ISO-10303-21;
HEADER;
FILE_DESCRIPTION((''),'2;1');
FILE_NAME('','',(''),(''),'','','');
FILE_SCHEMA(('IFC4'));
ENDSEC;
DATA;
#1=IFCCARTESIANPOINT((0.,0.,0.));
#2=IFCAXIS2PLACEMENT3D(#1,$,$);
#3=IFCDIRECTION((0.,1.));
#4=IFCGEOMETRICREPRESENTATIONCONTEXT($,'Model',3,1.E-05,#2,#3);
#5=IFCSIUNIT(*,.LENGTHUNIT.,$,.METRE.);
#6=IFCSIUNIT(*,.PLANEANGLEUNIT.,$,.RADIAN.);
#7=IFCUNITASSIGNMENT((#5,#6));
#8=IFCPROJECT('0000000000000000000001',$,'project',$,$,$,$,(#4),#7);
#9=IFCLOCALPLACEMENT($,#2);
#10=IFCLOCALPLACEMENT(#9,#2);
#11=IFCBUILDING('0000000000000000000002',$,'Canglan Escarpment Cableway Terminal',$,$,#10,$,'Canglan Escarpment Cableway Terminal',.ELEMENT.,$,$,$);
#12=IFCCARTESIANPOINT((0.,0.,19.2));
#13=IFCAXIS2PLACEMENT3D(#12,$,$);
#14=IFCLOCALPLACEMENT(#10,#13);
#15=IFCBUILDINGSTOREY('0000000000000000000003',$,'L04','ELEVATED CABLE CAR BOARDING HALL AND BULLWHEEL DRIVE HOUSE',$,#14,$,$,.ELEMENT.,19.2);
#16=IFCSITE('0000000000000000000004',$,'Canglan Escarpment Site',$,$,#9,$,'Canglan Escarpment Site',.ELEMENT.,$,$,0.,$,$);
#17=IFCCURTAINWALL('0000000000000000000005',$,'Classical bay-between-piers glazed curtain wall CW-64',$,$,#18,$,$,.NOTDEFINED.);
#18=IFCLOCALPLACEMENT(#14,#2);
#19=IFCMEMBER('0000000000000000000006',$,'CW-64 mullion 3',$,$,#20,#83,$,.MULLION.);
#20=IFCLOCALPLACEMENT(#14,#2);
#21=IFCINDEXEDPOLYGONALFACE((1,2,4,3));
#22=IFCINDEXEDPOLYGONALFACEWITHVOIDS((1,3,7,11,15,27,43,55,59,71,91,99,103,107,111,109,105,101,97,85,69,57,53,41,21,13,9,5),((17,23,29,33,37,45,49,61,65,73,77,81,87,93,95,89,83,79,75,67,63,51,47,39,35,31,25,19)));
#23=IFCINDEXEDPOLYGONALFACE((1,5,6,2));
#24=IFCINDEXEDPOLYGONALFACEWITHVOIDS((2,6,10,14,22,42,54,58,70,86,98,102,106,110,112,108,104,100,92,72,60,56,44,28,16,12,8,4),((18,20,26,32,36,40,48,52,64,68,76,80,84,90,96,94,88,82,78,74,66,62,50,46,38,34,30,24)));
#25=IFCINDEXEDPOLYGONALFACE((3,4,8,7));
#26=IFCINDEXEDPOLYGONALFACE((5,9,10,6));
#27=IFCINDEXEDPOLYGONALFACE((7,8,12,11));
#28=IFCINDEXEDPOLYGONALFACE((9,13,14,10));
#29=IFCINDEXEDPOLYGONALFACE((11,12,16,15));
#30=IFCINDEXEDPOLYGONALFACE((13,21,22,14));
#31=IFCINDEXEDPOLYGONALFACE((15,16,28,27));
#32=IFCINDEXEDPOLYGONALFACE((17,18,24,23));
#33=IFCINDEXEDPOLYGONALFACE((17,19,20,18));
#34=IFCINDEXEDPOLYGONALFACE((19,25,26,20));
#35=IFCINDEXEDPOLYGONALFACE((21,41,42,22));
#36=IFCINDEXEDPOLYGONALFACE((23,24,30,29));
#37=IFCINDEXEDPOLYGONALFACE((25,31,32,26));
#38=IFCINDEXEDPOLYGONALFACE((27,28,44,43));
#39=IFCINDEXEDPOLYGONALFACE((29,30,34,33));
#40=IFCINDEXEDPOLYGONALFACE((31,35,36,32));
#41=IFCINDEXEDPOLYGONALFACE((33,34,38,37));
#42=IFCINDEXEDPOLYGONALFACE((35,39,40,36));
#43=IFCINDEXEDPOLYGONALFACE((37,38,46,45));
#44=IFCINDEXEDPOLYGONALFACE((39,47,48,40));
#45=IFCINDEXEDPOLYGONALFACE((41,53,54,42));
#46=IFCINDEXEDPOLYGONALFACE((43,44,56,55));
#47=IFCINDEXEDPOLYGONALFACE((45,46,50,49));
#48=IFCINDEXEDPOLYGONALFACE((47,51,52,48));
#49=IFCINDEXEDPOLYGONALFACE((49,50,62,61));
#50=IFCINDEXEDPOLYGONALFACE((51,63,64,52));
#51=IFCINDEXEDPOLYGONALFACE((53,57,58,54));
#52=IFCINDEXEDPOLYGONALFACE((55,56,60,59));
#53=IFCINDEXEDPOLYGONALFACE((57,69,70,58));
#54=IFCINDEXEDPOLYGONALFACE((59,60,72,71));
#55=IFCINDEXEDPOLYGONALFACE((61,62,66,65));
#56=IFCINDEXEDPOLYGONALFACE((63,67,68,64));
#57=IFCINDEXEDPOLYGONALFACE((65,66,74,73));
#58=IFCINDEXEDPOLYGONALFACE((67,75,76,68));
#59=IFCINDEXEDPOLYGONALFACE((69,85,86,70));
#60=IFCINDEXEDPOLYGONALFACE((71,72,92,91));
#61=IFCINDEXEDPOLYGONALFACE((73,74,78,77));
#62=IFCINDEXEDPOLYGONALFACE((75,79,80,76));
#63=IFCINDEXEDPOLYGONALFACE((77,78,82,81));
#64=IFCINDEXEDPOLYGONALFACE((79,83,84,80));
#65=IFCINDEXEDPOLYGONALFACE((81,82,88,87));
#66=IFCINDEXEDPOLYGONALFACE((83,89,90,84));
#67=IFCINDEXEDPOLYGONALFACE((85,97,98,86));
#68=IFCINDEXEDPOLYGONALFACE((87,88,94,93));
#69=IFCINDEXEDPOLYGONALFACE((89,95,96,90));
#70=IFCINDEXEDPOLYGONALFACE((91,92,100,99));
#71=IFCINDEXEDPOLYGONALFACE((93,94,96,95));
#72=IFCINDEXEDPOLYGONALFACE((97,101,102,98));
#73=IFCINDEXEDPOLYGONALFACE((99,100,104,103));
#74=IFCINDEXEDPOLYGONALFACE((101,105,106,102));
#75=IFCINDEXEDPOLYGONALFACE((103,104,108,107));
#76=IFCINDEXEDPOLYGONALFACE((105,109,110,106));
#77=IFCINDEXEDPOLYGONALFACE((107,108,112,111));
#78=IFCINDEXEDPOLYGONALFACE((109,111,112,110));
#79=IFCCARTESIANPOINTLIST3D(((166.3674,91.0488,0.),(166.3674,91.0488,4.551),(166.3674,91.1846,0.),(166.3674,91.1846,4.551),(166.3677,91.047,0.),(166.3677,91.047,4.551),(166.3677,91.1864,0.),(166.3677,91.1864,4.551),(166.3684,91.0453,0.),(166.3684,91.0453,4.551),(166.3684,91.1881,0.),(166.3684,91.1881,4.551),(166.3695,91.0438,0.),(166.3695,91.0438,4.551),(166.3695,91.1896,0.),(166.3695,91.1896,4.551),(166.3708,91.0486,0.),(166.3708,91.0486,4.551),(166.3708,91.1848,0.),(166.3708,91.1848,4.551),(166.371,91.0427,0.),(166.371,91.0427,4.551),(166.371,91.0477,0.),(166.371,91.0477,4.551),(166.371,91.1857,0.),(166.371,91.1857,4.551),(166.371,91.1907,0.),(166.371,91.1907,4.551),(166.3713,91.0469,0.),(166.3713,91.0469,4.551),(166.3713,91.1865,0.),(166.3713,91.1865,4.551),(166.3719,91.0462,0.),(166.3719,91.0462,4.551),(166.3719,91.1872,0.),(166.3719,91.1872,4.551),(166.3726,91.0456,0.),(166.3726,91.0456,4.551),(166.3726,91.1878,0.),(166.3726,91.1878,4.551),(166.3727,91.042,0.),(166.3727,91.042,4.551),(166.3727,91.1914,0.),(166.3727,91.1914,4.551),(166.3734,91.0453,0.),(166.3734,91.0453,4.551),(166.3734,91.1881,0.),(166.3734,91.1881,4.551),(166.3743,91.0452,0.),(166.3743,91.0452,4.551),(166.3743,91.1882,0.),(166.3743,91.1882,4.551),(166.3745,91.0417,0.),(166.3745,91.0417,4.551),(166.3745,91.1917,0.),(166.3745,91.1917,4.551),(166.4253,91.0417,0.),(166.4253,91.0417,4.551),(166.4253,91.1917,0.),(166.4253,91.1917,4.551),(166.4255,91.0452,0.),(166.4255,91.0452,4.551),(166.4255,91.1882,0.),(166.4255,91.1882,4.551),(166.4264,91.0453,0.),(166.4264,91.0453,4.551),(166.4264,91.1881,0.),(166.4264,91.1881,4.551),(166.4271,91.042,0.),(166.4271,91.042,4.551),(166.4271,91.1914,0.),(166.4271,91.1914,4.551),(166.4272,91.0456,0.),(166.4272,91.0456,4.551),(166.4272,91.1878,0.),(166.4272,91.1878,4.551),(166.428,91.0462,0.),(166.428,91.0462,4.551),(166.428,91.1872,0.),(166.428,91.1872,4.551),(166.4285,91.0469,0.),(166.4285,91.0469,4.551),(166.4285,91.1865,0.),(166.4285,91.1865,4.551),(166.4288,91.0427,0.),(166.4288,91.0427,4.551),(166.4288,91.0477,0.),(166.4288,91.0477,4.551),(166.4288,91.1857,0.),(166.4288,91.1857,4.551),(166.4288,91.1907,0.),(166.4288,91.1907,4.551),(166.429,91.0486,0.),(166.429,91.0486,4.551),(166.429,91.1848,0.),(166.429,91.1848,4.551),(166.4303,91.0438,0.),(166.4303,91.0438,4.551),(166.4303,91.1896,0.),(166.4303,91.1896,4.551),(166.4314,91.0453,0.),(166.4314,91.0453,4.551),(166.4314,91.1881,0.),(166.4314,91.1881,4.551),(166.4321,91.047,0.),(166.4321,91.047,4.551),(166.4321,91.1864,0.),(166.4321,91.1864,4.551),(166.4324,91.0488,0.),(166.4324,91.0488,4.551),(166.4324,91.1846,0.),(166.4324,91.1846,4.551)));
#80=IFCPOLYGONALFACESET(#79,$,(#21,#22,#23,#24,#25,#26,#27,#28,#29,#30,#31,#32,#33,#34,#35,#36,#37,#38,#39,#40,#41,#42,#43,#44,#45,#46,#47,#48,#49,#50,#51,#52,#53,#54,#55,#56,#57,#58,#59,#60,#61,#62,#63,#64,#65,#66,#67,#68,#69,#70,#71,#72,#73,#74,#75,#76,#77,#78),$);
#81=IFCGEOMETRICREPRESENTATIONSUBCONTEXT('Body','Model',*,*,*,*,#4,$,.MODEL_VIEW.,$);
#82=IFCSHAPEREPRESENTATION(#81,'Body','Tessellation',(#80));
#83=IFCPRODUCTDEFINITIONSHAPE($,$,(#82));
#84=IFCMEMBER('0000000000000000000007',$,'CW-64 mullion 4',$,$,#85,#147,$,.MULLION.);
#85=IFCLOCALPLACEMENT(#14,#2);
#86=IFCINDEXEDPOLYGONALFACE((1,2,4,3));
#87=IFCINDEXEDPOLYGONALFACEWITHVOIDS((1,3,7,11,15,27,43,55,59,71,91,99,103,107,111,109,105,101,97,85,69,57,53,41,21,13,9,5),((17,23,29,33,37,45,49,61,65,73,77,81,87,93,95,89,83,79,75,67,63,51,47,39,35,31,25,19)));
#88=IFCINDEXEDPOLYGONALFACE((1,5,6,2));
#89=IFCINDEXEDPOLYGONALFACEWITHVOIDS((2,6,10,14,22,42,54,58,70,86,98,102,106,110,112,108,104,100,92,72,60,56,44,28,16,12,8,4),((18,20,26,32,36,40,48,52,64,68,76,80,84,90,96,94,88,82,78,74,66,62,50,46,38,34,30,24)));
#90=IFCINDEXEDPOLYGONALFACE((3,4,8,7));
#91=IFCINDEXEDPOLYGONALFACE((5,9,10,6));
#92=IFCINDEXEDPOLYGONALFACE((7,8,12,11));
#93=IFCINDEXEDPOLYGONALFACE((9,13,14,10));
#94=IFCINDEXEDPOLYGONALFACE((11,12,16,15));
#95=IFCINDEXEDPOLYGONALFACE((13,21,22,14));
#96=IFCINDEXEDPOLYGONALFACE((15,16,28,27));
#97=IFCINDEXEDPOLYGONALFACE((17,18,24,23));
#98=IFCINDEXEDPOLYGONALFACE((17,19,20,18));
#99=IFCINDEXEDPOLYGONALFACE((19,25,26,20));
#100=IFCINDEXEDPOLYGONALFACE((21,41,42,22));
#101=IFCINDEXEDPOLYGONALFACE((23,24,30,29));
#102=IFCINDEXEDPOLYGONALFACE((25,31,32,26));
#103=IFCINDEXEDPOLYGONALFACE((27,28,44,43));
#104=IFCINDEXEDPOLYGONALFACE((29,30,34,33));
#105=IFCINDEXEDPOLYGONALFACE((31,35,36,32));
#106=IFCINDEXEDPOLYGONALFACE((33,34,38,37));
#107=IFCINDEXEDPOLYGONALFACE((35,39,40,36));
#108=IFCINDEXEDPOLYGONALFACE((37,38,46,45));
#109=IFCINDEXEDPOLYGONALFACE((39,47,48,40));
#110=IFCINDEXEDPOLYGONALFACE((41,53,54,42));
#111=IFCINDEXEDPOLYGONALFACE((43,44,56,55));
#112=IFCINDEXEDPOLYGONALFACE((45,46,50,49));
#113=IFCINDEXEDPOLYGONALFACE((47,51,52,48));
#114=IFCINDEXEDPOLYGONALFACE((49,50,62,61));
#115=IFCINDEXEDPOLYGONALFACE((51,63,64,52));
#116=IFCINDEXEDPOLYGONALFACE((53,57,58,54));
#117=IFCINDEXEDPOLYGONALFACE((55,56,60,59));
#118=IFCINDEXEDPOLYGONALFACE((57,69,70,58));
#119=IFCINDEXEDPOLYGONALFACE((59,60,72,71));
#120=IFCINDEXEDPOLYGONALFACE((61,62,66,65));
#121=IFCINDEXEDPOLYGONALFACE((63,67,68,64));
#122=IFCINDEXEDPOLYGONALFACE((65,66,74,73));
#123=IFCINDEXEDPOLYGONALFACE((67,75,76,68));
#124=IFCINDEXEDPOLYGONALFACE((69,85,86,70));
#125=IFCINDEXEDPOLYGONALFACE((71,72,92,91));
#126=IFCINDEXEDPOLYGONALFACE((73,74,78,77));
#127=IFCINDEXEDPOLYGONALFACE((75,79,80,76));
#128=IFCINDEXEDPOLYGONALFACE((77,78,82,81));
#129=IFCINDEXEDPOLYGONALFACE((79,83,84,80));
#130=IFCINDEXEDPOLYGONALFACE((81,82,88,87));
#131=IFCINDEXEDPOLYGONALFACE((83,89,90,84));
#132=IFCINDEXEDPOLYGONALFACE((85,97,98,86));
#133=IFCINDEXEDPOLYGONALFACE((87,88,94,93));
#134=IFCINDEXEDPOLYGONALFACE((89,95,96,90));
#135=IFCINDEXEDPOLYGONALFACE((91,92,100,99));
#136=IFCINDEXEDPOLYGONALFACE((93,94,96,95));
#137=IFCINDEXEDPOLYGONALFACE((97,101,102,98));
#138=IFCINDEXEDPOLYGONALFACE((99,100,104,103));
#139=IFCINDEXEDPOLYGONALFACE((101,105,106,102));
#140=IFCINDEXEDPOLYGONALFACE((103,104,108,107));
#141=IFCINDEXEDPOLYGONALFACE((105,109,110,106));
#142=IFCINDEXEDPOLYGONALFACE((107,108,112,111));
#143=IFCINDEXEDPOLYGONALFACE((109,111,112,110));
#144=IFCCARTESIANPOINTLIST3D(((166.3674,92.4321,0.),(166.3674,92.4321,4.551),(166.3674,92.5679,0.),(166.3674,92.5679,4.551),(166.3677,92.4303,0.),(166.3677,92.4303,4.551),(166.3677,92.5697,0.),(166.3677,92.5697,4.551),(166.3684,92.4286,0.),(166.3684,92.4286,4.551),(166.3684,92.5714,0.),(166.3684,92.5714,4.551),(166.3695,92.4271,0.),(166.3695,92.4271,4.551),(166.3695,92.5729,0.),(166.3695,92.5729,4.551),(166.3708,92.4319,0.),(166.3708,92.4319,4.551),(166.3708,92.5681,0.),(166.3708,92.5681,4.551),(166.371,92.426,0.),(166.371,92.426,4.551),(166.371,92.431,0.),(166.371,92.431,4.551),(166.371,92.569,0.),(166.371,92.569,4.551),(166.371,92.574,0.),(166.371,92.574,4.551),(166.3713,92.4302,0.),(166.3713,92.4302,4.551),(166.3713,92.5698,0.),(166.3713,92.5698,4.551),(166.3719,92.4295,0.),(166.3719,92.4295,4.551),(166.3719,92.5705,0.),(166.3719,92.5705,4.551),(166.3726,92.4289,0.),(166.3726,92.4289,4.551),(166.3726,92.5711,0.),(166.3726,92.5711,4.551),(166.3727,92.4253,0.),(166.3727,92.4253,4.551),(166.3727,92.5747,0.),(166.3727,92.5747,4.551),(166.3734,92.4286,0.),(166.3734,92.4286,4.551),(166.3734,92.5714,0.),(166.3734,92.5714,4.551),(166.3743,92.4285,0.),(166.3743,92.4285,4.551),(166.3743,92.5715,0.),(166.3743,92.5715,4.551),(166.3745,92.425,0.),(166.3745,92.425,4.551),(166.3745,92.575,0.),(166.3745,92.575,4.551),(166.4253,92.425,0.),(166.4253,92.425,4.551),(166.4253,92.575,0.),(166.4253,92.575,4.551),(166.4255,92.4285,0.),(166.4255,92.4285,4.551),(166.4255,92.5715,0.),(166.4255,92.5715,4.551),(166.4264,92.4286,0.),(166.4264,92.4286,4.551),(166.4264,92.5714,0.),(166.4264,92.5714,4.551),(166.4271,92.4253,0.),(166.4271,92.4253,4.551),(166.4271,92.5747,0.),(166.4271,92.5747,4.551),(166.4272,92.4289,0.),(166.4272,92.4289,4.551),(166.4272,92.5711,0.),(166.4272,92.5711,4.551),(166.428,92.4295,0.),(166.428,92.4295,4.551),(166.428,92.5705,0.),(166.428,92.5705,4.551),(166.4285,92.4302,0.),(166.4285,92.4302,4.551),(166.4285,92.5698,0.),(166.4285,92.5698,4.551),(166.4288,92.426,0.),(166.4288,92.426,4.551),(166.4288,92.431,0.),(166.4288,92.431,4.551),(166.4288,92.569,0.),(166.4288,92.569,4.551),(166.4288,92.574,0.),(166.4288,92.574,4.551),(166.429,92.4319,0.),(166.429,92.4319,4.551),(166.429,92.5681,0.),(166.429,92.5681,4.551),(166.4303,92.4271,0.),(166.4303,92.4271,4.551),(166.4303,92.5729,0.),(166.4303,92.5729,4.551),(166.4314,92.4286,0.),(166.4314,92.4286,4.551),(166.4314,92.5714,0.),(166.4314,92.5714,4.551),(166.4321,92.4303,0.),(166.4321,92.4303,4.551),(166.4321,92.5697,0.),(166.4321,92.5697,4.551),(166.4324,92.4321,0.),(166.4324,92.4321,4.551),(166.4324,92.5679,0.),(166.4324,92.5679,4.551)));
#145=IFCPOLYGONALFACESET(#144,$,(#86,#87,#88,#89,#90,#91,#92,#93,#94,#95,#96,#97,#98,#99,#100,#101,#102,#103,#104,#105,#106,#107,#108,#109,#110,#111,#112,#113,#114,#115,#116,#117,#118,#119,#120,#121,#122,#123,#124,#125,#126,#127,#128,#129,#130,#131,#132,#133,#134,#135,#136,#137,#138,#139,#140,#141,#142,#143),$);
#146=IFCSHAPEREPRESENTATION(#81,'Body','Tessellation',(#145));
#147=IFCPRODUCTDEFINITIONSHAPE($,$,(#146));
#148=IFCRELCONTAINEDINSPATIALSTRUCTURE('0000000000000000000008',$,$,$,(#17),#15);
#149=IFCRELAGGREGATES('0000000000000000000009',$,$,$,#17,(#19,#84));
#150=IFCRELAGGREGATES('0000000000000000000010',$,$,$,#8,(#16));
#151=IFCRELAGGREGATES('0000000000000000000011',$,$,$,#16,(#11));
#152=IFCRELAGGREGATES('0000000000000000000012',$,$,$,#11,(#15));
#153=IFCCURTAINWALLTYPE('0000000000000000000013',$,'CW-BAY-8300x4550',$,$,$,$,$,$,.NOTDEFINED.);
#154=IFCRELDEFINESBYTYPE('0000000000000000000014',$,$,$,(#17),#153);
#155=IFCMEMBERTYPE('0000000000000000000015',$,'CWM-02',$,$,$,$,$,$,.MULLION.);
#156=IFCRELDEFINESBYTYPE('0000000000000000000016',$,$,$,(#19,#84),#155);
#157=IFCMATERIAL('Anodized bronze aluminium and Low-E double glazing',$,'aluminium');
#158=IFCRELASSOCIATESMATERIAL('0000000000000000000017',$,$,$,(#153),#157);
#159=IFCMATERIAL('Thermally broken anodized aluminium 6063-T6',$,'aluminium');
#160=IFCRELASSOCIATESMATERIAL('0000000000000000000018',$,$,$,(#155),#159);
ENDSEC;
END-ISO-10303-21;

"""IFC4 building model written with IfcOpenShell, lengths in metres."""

from ifc_helpers import new_model, si_unit, direction, frame, origin, origin_2d, place, context, subcontext, project, spatial, hollow_rectangle, extrude, material, material_profile, profile_set, type_object, element, aggregate, save


model = new_model("IFC4")

# Units and contexts
model_context = context("Model", 3, precision=1e-05, world=origin(), true_north=direction((0.0, 1.0)))
body_context = subcontext(model_context, "Body", "Model", "MODEL_VIEW")
ifc_project = project(units=[si_unit("LENGTHUNIT", "METRE"), si_unit("PLANEANGLEUNIT", "RADIAN")], contexts=[model_context])

# Site, building, storey
site_placement = place(None, origin())
site = spatial("IfcSite", under=ifc_project, at=site_placement, Name="Canglan Escarpment Site", LongName="Canglan Escarpment Site", CompositionType="ELEMENT", RefElevation=0.0)
building_placement = place(site_placement, origin())
building = spatial("IfcBuilding", under=site, at=building_placement, Name="Canglan Escarpment Cableway Terminal", LongName="Canglan Escarpment Cableway Terminal", CompositionType="ELEMENT")
storey_placement = place(building_placement, frame((0.0, 0.0, 19.2)))
storey = spatial("IfcBuildingStorey", under=building, at=storey_placement, Name="L04", Description="ELEVATED CABLE CAR BOARDING HALL AND BULLWHEEL DRIVE HOUSE", CompositionType="ELEMENT", Elevation=19.2)

# Shared definitions
ifc_material_1 = material(Name="Anodized bronze aluminium and Low-E double glazing", Category="aluminium")
curtain_wall_type = type_object("IfcCurtainWallType", Name="CW-BAY-8300x4550", PredefinedType="NOTDEFINED", material=ifc_material_1)
ifc_material_2 = material(Name="Thermally broken anodized aluminium 6063-T6", Category="aluminium")

# Curtain wall, members
curtain_wall_1_placement = place(storey_placement, origin())
curtain_wall_1 = element("IfcCurtainWall", 1, at=curtain_wall_1_placement, inside=storey, type_object=curtain_wall_type, Name="Classical bay-between-piers glazed curtain wall CW-64", PredefinedType="NOTDEFINED")
ifc_material_profile_1 = material_profile(ifc_material_2, hollow_rectangle(XDim=0.0649, YDim=0.1499, WallThickness=0.0034, InnerFilletRadius=0.0034, OuterFilletRadius=0.0071, at=origin_2d()), Name="ALU-MULL 65x150x3.5")
ifc_profile_set_1 = profile_set([ifc_material_profile_1], Name="Thermally broken anodized aluminium 6063-T6")
member_type_1 = type_object("IfcMemberType", Name="CWM-02", PredefinedType="MULLION", material=ifc_profile_set_1)
member_1_placement = place(storey_placement, frame((166.3999, 91.1167, 0.0), z_axis=(0.0, 0.0, 1.0), x_axis=(-1.0, 0.0, 0.0)))
member_1 = element("IfcMember", 2, at=member_1_placement, type_object=member_type_1, Name="CW-64 mullion 3", PredefinedType="MULLION", context=body_context, shape_type="SweptSolid", body=[
    extrude(hollow_rectangle(XDim=0.0649, YDim=0.1499, WallThickness=0.0034, InnerFilletRadius=0.0034, OuterFilletRadius=0.0071, at=origin_2d()), origin(), (0.0, 0.0, 1.0), 4.551),
])
member_2_placement = place(storey_placement, frame((166.3999, 92.5, 0.0), z_axis=(0.0, 0.0, 1.0), x_axis=(-1.0, 0.0, 0.0)))
member_2 = element("IfcMember", 3, at=member_2_placement, type_object=member_type_1, Name="CW-64 mullion 4", PredefinedType="MULLION", context=body_context, shape_type="SweptSolid", body=[
    extrude(hollow_rectangle(XDim=0.0649, YDim=0.1499, WallThickness=0.0034, InnerFilletRadius=0.0034, OuterFilletRadius=0.0071, at=origin_2d()), origin(), (0.0, 0.0, 1.0), 4.551),
])
aggregate(curtain_wall_1, [member_1, member_2])

save(model, "model.ifc")
